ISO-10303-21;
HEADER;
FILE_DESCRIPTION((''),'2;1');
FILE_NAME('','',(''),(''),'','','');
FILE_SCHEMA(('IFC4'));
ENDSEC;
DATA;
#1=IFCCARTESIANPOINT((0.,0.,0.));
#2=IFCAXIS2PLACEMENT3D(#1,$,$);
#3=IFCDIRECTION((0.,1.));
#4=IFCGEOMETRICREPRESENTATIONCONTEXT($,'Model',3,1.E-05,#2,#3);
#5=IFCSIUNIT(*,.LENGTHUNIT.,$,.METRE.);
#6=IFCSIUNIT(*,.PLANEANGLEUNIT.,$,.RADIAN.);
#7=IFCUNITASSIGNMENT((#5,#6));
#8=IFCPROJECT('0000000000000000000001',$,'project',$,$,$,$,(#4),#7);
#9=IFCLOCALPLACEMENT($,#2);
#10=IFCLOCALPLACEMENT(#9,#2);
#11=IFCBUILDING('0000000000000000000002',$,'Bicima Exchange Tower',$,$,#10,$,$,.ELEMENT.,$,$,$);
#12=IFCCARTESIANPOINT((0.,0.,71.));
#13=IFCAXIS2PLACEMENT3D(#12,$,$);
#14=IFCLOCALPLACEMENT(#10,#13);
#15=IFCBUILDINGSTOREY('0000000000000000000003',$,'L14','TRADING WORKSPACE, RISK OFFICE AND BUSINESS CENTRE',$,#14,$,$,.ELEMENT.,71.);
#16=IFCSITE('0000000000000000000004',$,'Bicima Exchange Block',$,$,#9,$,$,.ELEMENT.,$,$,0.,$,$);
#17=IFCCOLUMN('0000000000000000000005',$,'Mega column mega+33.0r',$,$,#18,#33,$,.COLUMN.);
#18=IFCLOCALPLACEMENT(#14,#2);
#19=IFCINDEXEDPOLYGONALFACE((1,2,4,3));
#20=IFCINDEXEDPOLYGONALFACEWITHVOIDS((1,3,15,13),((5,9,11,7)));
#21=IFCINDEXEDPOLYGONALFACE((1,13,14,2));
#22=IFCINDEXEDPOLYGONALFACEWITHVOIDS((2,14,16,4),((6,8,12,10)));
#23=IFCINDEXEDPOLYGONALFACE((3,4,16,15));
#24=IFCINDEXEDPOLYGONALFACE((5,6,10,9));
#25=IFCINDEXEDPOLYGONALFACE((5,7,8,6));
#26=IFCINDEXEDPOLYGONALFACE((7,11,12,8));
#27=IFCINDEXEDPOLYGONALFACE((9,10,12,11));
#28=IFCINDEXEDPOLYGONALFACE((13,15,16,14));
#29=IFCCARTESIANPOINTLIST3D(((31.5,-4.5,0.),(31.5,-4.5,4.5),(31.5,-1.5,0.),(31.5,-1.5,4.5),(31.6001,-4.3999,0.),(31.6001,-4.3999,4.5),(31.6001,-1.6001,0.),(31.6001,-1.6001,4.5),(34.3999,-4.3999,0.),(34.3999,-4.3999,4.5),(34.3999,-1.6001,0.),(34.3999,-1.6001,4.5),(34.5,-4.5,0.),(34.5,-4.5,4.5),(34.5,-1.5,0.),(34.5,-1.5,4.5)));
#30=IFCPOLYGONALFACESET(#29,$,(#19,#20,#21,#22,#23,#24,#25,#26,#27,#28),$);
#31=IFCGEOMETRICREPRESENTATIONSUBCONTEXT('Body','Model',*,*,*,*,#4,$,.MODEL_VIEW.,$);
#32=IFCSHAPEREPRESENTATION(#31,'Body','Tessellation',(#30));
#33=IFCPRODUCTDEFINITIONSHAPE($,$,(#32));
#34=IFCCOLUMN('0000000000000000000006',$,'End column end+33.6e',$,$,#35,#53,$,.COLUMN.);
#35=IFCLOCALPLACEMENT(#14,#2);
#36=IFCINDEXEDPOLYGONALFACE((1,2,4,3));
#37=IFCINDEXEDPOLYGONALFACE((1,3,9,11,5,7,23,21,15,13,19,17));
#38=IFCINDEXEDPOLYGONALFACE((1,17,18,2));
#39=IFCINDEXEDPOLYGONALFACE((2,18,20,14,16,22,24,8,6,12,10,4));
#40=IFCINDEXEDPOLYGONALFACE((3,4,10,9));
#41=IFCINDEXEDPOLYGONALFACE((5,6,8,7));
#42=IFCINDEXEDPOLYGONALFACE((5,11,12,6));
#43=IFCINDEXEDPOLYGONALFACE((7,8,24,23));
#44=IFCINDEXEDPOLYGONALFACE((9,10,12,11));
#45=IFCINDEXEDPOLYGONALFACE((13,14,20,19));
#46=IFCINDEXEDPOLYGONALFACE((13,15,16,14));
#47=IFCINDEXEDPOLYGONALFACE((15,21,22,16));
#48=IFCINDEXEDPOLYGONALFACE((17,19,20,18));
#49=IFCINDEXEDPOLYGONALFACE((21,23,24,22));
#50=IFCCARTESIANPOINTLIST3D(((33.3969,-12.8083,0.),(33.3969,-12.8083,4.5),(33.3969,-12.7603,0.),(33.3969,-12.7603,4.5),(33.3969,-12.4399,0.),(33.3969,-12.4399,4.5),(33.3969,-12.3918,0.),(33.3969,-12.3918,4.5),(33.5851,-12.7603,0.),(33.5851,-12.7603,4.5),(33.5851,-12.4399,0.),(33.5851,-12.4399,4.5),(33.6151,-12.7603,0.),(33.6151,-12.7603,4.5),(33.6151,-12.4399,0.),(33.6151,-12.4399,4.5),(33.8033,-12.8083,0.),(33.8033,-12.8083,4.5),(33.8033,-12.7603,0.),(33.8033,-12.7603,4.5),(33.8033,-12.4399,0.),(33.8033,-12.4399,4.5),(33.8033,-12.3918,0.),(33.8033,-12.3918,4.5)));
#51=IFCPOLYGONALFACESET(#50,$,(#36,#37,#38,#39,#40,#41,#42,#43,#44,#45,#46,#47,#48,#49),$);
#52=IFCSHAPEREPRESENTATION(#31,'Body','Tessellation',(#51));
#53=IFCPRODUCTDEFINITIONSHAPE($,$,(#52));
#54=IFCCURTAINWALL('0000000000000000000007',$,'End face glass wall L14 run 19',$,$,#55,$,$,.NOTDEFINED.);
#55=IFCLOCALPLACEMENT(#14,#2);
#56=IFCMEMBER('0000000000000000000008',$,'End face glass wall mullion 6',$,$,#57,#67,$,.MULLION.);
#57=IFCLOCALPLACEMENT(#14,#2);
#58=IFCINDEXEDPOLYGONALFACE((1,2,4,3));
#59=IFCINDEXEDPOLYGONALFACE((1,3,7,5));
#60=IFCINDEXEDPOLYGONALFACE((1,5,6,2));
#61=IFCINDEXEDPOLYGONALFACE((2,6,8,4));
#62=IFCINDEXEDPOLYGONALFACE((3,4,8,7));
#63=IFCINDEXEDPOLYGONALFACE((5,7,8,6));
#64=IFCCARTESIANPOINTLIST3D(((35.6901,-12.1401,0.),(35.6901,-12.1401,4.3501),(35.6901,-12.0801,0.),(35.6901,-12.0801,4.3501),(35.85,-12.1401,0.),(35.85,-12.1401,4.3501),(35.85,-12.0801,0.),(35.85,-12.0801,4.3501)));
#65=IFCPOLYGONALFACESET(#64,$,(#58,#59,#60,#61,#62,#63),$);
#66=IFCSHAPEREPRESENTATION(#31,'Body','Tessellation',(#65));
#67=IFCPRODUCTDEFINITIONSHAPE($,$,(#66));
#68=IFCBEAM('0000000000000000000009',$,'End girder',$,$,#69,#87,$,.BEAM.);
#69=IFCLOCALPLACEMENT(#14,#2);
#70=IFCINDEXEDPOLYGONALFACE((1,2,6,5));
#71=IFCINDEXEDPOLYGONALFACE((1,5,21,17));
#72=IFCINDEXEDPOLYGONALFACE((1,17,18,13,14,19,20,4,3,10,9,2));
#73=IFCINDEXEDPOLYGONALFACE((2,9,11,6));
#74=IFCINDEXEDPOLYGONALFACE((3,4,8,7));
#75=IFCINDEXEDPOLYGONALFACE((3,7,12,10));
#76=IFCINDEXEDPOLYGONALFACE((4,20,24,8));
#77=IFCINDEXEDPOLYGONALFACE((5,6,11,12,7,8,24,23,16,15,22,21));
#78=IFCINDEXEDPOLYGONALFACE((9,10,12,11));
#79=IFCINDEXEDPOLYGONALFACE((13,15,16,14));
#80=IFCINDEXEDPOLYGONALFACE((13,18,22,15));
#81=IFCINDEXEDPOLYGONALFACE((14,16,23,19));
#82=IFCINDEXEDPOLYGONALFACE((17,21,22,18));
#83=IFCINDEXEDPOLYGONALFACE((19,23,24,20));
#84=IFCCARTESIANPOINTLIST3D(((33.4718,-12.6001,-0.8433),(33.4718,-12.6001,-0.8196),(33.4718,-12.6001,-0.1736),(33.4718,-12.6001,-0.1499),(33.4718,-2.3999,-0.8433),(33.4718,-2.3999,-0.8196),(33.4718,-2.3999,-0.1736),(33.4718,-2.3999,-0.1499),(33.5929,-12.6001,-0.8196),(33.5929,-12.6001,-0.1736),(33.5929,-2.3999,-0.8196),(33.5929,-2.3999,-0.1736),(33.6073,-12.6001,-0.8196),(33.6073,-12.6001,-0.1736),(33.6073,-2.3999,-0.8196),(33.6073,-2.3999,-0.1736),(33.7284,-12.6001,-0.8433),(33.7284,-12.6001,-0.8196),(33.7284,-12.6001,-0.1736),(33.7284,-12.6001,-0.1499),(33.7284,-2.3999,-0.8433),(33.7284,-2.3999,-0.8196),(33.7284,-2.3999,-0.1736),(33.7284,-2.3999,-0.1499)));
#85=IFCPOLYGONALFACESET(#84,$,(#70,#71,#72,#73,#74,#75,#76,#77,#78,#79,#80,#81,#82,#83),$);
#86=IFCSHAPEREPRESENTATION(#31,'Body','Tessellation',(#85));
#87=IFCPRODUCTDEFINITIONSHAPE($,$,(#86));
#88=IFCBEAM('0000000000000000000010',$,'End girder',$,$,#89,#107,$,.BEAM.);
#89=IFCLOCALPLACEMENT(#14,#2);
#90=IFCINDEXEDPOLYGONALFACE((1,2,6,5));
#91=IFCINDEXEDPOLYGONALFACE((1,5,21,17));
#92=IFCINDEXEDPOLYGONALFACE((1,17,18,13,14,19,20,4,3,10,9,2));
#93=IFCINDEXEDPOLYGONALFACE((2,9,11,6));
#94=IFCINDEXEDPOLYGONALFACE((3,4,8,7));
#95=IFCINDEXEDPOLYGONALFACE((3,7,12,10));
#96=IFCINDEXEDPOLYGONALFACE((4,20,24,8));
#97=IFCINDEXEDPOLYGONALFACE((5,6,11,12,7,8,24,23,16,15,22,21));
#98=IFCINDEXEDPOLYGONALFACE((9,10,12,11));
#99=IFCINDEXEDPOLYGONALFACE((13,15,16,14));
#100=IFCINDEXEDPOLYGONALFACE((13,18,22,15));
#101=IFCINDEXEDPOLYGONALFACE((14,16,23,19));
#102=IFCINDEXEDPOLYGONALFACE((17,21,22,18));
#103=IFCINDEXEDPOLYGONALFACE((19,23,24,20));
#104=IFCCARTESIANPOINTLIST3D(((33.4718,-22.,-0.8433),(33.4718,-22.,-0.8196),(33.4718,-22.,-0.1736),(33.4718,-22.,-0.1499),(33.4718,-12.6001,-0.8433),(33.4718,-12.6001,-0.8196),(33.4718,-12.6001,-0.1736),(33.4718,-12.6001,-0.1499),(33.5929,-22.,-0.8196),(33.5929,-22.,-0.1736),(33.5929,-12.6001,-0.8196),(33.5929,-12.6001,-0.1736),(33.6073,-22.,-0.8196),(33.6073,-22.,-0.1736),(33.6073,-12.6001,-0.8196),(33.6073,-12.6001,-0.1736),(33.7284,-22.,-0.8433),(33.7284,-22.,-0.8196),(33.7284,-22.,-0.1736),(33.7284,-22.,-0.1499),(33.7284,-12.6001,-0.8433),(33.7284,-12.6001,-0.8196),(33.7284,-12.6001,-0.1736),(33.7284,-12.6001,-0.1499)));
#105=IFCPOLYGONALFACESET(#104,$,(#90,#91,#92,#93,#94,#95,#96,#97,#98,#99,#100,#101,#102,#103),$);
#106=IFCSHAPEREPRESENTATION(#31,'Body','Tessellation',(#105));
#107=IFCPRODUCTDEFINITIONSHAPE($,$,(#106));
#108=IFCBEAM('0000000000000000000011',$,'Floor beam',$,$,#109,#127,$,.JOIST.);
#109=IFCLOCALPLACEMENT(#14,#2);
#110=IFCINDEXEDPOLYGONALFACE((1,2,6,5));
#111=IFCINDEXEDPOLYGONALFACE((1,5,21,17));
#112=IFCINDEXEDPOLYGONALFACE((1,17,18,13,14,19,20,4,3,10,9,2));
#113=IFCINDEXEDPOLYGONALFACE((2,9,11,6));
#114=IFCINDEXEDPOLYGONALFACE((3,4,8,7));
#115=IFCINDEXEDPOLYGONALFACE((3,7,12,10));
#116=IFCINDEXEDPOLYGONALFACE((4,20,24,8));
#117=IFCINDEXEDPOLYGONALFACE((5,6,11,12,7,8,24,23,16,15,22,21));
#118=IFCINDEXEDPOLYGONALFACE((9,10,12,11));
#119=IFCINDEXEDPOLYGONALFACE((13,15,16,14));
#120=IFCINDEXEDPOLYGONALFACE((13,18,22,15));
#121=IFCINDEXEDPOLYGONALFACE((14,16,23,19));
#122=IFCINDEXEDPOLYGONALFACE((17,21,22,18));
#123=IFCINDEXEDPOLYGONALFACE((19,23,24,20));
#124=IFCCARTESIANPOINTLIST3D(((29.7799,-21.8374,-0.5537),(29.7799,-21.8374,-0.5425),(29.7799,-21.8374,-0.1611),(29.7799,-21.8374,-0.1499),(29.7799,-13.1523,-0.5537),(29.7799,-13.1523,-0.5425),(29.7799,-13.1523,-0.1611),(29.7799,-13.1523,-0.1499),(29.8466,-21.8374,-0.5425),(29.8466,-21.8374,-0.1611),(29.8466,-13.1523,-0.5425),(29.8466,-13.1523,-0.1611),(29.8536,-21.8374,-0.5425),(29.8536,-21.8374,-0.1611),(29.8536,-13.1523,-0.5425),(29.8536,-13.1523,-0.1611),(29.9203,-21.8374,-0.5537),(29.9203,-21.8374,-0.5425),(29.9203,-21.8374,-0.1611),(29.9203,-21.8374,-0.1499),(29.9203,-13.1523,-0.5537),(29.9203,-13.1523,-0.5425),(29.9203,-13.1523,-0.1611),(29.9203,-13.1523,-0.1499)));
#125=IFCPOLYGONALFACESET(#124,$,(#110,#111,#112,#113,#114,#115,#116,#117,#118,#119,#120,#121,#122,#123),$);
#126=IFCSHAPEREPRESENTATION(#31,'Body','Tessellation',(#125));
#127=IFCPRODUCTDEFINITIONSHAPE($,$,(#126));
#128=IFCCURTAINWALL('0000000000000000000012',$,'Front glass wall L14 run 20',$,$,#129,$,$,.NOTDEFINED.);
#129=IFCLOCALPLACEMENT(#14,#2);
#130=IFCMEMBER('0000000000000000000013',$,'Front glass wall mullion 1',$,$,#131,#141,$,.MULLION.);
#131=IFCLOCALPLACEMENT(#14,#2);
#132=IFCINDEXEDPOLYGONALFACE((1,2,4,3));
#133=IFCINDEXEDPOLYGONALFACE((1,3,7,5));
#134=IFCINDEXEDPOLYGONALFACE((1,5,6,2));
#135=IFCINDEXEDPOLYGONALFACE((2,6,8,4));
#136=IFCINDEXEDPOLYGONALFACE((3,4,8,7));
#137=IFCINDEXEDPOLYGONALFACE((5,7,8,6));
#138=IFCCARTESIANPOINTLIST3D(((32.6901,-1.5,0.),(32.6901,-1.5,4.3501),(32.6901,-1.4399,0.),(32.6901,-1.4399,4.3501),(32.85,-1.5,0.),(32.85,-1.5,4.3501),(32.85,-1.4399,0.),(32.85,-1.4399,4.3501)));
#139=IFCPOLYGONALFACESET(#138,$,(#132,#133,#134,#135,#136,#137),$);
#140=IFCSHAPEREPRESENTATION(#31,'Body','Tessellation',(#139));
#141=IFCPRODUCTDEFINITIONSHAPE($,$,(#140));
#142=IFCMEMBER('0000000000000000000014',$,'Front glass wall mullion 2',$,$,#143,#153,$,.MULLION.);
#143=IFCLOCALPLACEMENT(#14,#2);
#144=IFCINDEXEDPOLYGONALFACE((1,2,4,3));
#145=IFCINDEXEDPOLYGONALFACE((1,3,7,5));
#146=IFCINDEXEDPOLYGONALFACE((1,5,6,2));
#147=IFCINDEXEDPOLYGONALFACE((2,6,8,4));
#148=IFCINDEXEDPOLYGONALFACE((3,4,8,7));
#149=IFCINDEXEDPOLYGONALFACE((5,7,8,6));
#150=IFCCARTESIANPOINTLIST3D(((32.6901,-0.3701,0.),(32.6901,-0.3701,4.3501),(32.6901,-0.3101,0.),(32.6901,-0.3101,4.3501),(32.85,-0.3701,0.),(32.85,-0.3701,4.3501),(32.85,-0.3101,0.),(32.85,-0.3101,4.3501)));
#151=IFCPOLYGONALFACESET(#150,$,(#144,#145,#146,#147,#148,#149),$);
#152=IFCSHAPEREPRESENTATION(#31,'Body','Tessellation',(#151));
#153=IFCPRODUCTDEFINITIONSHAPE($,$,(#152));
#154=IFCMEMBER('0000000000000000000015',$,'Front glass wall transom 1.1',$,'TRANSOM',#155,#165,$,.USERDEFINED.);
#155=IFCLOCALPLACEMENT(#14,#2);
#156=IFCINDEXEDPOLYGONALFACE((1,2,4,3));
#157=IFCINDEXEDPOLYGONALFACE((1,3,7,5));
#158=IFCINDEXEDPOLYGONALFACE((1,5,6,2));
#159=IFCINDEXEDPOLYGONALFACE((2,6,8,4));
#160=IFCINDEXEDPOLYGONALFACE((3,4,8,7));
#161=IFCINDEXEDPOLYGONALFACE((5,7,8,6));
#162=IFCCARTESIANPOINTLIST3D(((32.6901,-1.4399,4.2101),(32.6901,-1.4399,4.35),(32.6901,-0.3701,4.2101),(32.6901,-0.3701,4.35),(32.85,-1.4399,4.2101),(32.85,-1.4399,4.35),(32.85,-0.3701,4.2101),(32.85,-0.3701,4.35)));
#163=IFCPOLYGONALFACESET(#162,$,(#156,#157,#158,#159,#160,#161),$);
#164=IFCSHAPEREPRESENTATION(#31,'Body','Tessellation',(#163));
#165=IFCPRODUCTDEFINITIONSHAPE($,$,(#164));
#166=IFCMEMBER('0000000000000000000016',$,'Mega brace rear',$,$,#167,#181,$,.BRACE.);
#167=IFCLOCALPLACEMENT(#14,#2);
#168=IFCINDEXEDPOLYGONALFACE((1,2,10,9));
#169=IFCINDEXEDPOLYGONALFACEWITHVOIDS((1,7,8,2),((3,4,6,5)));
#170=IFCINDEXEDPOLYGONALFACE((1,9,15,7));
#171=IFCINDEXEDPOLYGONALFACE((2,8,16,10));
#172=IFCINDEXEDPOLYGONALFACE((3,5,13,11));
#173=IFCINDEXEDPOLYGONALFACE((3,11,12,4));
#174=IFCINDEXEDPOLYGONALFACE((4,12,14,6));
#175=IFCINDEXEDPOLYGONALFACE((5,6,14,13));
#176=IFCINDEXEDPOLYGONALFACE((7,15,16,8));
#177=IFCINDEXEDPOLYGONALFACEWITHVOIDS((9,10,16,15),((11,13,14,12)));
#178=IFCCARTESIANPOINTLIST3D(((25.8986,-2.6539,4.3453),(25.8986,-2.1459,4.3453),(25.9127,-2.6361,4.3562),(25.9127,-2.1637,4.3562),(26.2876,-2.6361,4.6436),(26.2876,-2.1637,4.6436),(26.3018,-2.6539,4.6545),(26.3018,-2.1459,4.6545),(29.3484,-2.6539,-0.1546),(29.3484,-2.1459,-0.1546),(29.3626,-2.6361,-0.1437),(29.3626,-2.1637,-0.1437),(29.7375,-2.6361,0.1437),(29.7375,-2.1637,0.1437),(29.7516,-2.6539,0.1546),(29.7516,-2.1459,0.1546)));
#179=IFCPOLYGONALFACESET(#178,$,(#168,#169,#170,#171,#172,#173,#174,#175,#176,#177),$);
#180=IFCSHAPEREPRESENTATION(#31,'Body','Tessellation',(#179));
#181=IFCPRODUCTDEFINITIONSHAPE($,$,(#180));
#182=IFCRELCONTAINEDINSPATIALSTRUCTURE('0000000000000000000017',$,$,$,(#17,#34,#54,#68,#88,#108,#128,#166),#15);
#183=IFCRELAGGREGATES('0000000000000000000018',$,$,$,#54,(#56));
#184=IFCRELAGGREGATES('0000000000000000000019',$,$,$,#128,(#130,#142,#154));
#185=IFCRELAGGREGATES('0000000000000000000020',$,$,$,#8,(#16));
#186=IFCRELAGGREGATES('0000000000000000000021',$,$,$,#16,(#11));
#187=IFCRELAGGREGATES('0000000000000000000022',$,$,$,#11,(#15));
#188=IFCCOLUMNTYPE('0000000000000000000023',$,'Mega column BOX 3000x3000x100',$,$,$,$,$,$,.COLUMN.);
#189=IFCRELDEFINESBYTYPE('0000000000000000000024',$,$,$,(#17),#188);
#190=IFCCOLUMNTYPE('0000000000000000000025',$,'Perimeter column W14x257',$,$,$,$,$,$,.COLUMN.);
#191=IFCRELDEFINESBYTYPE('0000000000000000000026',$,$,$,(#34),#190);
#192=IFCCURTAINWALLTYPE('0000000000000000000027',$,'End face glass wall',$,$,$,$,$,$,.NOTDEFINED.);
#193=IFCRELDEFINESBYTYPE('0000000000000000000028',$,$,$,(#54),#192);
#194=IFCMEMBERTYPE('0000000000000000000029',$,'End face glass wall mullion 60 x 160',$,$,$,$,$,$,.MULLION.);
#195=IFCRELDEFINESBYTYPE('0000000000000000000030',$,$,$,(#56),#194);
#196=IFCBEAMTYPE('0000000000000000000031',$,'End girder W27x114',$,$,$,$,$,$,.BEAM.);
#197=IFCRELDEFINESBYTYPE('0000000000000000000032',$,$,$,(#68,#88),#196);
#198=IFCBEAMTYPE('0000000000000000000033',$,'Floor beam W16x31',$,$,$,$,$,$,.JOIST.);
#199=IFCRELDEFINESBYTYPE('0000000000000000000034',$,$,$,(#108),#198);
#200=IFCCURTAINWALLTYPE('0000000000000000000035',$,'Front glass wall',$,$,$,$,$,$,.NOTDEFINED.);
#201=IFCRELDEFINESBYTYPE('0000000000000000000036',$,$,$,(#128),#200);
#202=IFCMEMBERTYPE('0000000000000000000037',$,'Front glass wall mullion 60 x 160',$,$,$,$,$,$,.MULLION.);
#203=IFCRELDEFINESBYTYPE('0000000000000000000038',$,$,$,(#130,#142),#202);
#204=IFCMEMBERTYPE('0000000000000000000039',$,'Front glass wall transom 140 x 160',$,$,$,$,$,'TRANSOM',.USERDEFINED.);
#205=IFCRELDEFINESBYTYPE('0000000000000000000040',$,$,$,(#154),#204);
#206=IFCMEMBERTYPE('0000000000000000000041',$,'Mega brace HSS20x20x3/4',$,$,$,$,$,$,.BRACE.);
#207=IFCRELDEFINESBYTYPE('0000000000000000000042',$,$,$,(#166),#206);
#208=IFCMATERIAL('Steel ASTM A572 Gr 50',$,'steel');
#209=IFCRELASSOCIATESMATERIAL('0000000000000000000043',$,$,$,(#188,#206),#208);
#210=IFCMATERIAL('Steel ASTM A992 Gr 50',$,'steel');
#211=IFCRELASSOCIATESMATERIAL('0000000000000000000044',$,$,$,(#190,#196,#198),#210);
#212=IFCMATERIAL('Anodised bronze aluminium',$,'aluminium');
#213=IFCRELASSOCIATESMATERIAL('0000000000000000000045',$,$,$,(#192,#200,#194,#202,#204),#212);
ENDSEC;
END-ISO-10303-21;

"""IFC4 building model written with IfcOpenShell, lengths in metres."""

from ifc_helpers import new_model, si_unit, direction, frame, origin, origin_2d, place, context, subcontext, project, spatial, rectangle, hollow_rectangle, i_section, extrude, material, material_profile, profile_set, type_object, element, aggregate, save


model = new_model("IFC4")

# Units and contexts
model_context = context("Model", 3, precision=1e-05, world=origin(), true_north=direction((0.0, 1.0)))
body_context = subcontext(model_context, "Body", "Model", "MODEL_VIEW")
ifc_project = project(units=[si_unit("LENGTHUNIT", "METRE"), si_unit("PLANEANGLEUNIT", "RADIAN")], contexts=[model_context])

# Site, building, storey
site_placement = place(None, origin())
site = spatial("IfcSite", under=ifc_project, at=site_placement, Name="Bicima Exchange Block", CompositionType="ELEMENT", RefElevation=0.0)
building_placement = place(site_placement, origin())
building = spatial("IfcBuilding", under=site, at=building_placement, Name="Bicima Exchange Tower", CompositionType="ELEMENT")
storey_placement = place(building_placement, frame((0.0, 0.0, 71.0)))
storey = spatial("IfcBuildingStorey", under=building, at=storey_placement, Name="L14", Description="TRADING WORKSPACE, RISK OFFICE AND BUSINESS CENTRE", CompositionType="ELEMENT", Elevation=71.0)

# Columns
ifc_material_1 = material(Name="Steel ASTM A572 Gr 50", Category="steel")
ifc_material_profile_1 = material_profile(ifc_material_1, hollow_rectangle(XDim=3.0, YDim=3.0, WallThickness=0.1001, at=origin_2d()))
ifc_profile_set_1 = profile_set([ifc_material_profile_1], Name="Steel ASTM A572 Gr 50")
column_type_1 = type_object("IfcColumnType", Name="Mega column BOX 3000x3000x100", PredefinedType="COLUMN", material=ifc_profile_set_1)
column_1_placement = place(storey_placement, frame((33.0, -3.0, 0.0), z_axis=(0.0, 0.0, 1.0), x_axis=(1.0, 0.0, 0.0)))
element("IfcColumn", 1, at=column_1_placement, inside=storey, type_object=column_type_1, Name="Mega column mega+33.0r", PredefinedType="COLUMN", context=body_context, shape_type="SweptSolid", body=[
    extrude(hollow_rectangle(XDim=3.0, YDim=3.0, WallThickness=0.1001, at=origin_2d()), origin(), (0.0, 0.0, 1.0), 4.5),
])
ifc_material_2 = material(Name="Steel ASTM A992 Gr 50", Category="steel")
ifc_material_profile_2 = material_profile(ifc_material_2, i_section(OverallWidth=0.4065, OverallDepth=0.4165, WebThickness=0.03, FlangeThickness=0.0481, at=origin_2d()))
ifc_profile_set_2 = profile_set([ifc_material_profile_2], Name="Steel ASTM A992 Gr 50")
column_type_2 = type_object("IfcColumnType", Name="Perimeter column W14x257", PredefinedType="COLUMN", material=ifc_profile_set_2)
column_2_placement = place(storey_placement, frame((33.6001, -12.6001, 0.0), z_axis=(0.0, 0.0, 1.0), x_axis=(1.0, 0.0, 0.0)))
element("IfcColumn", 2, at=column_2_placement, inside=storey, type_object=column_type_2, Name="End column end+33.6e", PredefinedType="COLUMN", context=body_context, shape_type="SweptSolid", body=[
    extrude(i_section(OverallWidth=0.4065, OverallDepth=0.4165, WebThickness=0.03, FlangeThickness=0.0481, at=origin_2d()), origin(), (0.0, 0.0, 1.0), 4.5),
])

# Curtain wall, member
ifc_material_3 = material(Name="Anodised bronze aluminium", Category="aluminium")
curtain_wall_type_1 = type_object("IfcCurtainWallType", Name="End face glass wall", PredefinedType="NOTDEFINED", material=ifc_material_3)
curtain_wall_1_placement = place(storey_placement, origin())
curtain_wall_1 = element("IfcCurtainWall", 3, at=curtain_wall_1_placement, inside=storey, type_object=curtain_wall_type_1, Name="End face glass wall L14 run 19", PredefinedType="NOTDEFINED")
ifc_material_profile_3 = material_profile(ifc_material_3, rectangle(XDim=0.1599, YDim=0.0601, at=origin_2d()))
ifc_profile_set_3 = profile_set([ifc_material_profile_3], Name="Anodised bronze aluminium")
member_type_1 = type_object("IfcMemberType", Name="End face glass wall mullion 60 x 160", PredefinedType="MULLION", material=ifc_profile_set_3)
member_1_placement = place(storey_placement, frame((35.77, -12.1101, 0.0), z_axis=(0.0, 0.0, 1.0), x_axis=(-1.0, 0.0, 0.0)))
member_1 = element("IfcMember", 4, at=member_1_placement, type_object=member_type_1, Name="End face glass wall mullion 6", PredefinedType="MULLION", context=body_context, shape_type="SweptSolid", body=[
    extrude(rectangle(XDim=0.1599, YDim=0.0601, at=origin_2d()), origin(), (0.0, 0.0, 1.0), 4.3501),
])

# Beams
ifc_material_profile_4 = material_profile(ifc_material_2, i_section(OverallWidth=0.2566, OverallDepth=0.6934, WebThickness=0.0144, FlangeThickness=0.0237, at=origin_2d()))
ifc_profile_set_4 = profile_set([ifc_material_profile_4], Name="Steel ASTM A992 Gr 50")
beam_type_1 = type_object("IfcBeamType", Name="End girder W27x114", PredefinedType="BEAM", material=ifc_profile_set_4)
beam_1_placement = place(storey_placement, frame((33.6001, -2.3999, -0.4966), z_axis=(0.0, -1.0, 0.0), x_axis=(1.0, 0.0, 0.0)))
element("IfcBeam", 5, at=beam_1_placement, inside=storey, type_object=beam_type_1, Name="End girder", PredefinedType="BEAM", context=body_context, shape_type="SweptSolid", body=[
    extrude(i_section(OverallWidth=0.2566, OverallDepth=0.6934, WebThickness=0.0144, FlangeThickness=0.0237, at=origin_2d()), origin(), (0.0, 0.0, 1.0), 10.2002),
])
beam_2_placement = place(storey_placement, frame((33.6001, -12.6001, -0.4966), z_axis=(0.0, -1.0, 0.0), x_axis=(1.0, 0.0, 0.0)))
element("IfcBeam", 6, at=beam_2_placement, inside=storey, type_object=beam_type_1, Name="End girder", PredefinedType="BEAM", context=body_context, shape_type="SweptSolid", body=[
    extrude(i_section(OverallWidth=0.2566, OverallDepth=0.6934, WebThickness=0.0144, FlangeThickness=0.0237, at=origin_2d()), origin(), (0.0, 0.0, 1.0), 9.3999),
])
ifc_material_profile_5 = material_profile(ifc_material_2, i_section(OverallWidth=0.1404, OverallDepth=0.4038, WebThickness=0.0071, FlangeThickness=0.0112, at=origin_2d()))
ifc_profile_set_5 = profile_set([ifc_material_profile_5], Name="Steel ASTM A992 Gr 50")
beam_type_2 = type_object("IfcBeamType", Name="Floor beam W16x31", PredefinedType="JOIST", material=ifc_profile_set_5)
beam_3_placement = place(storey_placement, frame((29.8501, -13.1523, -0.3518), z_axis=(0.0, -1.0, 0.0), x_axis=(1.0, 0.0, 0.0)))
element("IfcBeam", 7, at=beam_3_placement, inside=storey, type_object=beam_type_2, Name="Floor beam", PredefinedType="JOIST", context=body_context, shape_type="SweptSolid", body=[
    extrude(i_section(OverallWidth=0.1404, OverallDepth=0.4038, WebThickness=0.0071, FlangeThickness=0.0112, at=origin_2d()), origin(), (0.0, 0.0, 1.0), 8.6851),
])

# Curtain wall, members
curtain_wall_type_2 = type_object("IfcCurtainWallType", Name="Front glass wall", PredefinedType="NOTDEFINED", material=ifc_material_3)
curtain_wall_2_placement = place(storey_placement, origin())
curtain_wall_2 = element("IfcCurtainWall", 8, at=curtain_wall_2_placement, inside=storey, type_object=curtain_wall_type_2, Name="Front glass wall L14 run 20", PredefinedType="NOTDEFINED")
member_type_2 = type_object("IfcMemberType", Name="Front glass wall mullion 60 x 160", PredefinedType="MULLION", material=ifc_profile_set_3)
member_2_placement = place(storey_placement, frame((32.77, -1.47, 0.0), z_axis=(0.0, 0.0, 1.0), x_axis=(-1.0, 0.0, 0.0)))
member_2 = element("IfcMember", 9, at=member_2_placement, type_object=member_type_2, Name="Front glass wall mullion 1", PredefinedType="MULLION", context=body_context, shape_type="SweptSolid", body=[
    extrude(rectangle(XDim=0.1599, YDim=0.0601, at=origin_2d()), origin(), (0.0, 0.0, 1.0), 4.3501),
])
member_3_placement = place(storey_placement, frame((32.77, -0.3401, 0.0), z_axis=(0.0, 0.0, 1.0), x_axis=(-1.0, 0.0, 0.0)))
member_3 = element("IfcMember", 10, at=member_3_placement, type_object=member_type_2, Name="Front glass wall mullion 2", PredefinedType="MULLION", context=body_context, shape_type="SweptSolid", body=[
    extrude(rectangle(XDim=0.1599, YDim=0.0601, at=origin_2d()), origin(), (0.0, 0.0, 1.0), 4.3501),
])
ifc_material_profile_6 = material_profile(ifc_material_3, rectangle(XDim=0.1599, YDim=0.1399, at=origin_2d()))
ifc_profile_set_6 = profile_set([ifc_material_profile_6], Name="Anodised bronze aluminium")
member_type_3 = type_object("IfcMemberType", Name="Front glass wall transom 140 x 160", ElementType="TRANSOM", PredefinedType="USERDEFINED", material=ifc_profile_set_6)
member_4_placement = place(storey_placement, frame((32.77, -1.4399, 4.28), z_axis=(0.0, 1.0, 0.0), x_axis=(-1.0, 0.0, 0.0)))
member_4 = element("IfcMember", 11, at=member_4_placement, type_object=member_type_3, Name="Front glass wall transom 1.1", ObjectType="TRANSOM", PredefinedType="USERDEFINED", context=body_context, shape_type="SweptSolid", body=[
    extrude(rectangle(XDim=0.1599, YDim=0.1399, at=origin_2d()), origin(), (0.0, 0.0, 1.0), 1.0698),
])

# Member
ifc_material_profile_7 = material_profile(ifc_material_1, hollow_rectangle(XDim=0.5081, YDim=0.5081, WallThickness=0.0178, at=origin_2d()))
ifc_profile_set_7 = profile_set([ifc_material_profile_7], Name="Steel ASTM A572 Gr 50")
member_type_4 = type_object("IfcMemberType", Name="Mega brace HSS20x20x3/4", PredefinedType="BRACE", material=ifc_profile_set_7)
member_5_placement = place(storey_placement, frame((29.55, -2.3999, 0.0), z_axis=(-0.608426, 0.0, 0.793611), x_axis=(0.0, -1.0, 0.0)))
element("IfcMember", 12, at=member_5_placement, inside=storey, type_object=member_type_4, Name="Mega brace rear", PredefinedType="BRACE", context=body_context, shape_type="SweptSolid", body=[
    extrude(hollow_rectangle(XDim=0.5081, YDim=0.5081, WallThickness=0.0178, at=origin_2d()), origin(), (0.0, 0.0, 1.0), 5.6702),
])

aggregate(curtain_wall_1, [member_1])
aggregate(curtain_wall_2, [member_2, member_3, member_4])

save(model, "model.ifc")
